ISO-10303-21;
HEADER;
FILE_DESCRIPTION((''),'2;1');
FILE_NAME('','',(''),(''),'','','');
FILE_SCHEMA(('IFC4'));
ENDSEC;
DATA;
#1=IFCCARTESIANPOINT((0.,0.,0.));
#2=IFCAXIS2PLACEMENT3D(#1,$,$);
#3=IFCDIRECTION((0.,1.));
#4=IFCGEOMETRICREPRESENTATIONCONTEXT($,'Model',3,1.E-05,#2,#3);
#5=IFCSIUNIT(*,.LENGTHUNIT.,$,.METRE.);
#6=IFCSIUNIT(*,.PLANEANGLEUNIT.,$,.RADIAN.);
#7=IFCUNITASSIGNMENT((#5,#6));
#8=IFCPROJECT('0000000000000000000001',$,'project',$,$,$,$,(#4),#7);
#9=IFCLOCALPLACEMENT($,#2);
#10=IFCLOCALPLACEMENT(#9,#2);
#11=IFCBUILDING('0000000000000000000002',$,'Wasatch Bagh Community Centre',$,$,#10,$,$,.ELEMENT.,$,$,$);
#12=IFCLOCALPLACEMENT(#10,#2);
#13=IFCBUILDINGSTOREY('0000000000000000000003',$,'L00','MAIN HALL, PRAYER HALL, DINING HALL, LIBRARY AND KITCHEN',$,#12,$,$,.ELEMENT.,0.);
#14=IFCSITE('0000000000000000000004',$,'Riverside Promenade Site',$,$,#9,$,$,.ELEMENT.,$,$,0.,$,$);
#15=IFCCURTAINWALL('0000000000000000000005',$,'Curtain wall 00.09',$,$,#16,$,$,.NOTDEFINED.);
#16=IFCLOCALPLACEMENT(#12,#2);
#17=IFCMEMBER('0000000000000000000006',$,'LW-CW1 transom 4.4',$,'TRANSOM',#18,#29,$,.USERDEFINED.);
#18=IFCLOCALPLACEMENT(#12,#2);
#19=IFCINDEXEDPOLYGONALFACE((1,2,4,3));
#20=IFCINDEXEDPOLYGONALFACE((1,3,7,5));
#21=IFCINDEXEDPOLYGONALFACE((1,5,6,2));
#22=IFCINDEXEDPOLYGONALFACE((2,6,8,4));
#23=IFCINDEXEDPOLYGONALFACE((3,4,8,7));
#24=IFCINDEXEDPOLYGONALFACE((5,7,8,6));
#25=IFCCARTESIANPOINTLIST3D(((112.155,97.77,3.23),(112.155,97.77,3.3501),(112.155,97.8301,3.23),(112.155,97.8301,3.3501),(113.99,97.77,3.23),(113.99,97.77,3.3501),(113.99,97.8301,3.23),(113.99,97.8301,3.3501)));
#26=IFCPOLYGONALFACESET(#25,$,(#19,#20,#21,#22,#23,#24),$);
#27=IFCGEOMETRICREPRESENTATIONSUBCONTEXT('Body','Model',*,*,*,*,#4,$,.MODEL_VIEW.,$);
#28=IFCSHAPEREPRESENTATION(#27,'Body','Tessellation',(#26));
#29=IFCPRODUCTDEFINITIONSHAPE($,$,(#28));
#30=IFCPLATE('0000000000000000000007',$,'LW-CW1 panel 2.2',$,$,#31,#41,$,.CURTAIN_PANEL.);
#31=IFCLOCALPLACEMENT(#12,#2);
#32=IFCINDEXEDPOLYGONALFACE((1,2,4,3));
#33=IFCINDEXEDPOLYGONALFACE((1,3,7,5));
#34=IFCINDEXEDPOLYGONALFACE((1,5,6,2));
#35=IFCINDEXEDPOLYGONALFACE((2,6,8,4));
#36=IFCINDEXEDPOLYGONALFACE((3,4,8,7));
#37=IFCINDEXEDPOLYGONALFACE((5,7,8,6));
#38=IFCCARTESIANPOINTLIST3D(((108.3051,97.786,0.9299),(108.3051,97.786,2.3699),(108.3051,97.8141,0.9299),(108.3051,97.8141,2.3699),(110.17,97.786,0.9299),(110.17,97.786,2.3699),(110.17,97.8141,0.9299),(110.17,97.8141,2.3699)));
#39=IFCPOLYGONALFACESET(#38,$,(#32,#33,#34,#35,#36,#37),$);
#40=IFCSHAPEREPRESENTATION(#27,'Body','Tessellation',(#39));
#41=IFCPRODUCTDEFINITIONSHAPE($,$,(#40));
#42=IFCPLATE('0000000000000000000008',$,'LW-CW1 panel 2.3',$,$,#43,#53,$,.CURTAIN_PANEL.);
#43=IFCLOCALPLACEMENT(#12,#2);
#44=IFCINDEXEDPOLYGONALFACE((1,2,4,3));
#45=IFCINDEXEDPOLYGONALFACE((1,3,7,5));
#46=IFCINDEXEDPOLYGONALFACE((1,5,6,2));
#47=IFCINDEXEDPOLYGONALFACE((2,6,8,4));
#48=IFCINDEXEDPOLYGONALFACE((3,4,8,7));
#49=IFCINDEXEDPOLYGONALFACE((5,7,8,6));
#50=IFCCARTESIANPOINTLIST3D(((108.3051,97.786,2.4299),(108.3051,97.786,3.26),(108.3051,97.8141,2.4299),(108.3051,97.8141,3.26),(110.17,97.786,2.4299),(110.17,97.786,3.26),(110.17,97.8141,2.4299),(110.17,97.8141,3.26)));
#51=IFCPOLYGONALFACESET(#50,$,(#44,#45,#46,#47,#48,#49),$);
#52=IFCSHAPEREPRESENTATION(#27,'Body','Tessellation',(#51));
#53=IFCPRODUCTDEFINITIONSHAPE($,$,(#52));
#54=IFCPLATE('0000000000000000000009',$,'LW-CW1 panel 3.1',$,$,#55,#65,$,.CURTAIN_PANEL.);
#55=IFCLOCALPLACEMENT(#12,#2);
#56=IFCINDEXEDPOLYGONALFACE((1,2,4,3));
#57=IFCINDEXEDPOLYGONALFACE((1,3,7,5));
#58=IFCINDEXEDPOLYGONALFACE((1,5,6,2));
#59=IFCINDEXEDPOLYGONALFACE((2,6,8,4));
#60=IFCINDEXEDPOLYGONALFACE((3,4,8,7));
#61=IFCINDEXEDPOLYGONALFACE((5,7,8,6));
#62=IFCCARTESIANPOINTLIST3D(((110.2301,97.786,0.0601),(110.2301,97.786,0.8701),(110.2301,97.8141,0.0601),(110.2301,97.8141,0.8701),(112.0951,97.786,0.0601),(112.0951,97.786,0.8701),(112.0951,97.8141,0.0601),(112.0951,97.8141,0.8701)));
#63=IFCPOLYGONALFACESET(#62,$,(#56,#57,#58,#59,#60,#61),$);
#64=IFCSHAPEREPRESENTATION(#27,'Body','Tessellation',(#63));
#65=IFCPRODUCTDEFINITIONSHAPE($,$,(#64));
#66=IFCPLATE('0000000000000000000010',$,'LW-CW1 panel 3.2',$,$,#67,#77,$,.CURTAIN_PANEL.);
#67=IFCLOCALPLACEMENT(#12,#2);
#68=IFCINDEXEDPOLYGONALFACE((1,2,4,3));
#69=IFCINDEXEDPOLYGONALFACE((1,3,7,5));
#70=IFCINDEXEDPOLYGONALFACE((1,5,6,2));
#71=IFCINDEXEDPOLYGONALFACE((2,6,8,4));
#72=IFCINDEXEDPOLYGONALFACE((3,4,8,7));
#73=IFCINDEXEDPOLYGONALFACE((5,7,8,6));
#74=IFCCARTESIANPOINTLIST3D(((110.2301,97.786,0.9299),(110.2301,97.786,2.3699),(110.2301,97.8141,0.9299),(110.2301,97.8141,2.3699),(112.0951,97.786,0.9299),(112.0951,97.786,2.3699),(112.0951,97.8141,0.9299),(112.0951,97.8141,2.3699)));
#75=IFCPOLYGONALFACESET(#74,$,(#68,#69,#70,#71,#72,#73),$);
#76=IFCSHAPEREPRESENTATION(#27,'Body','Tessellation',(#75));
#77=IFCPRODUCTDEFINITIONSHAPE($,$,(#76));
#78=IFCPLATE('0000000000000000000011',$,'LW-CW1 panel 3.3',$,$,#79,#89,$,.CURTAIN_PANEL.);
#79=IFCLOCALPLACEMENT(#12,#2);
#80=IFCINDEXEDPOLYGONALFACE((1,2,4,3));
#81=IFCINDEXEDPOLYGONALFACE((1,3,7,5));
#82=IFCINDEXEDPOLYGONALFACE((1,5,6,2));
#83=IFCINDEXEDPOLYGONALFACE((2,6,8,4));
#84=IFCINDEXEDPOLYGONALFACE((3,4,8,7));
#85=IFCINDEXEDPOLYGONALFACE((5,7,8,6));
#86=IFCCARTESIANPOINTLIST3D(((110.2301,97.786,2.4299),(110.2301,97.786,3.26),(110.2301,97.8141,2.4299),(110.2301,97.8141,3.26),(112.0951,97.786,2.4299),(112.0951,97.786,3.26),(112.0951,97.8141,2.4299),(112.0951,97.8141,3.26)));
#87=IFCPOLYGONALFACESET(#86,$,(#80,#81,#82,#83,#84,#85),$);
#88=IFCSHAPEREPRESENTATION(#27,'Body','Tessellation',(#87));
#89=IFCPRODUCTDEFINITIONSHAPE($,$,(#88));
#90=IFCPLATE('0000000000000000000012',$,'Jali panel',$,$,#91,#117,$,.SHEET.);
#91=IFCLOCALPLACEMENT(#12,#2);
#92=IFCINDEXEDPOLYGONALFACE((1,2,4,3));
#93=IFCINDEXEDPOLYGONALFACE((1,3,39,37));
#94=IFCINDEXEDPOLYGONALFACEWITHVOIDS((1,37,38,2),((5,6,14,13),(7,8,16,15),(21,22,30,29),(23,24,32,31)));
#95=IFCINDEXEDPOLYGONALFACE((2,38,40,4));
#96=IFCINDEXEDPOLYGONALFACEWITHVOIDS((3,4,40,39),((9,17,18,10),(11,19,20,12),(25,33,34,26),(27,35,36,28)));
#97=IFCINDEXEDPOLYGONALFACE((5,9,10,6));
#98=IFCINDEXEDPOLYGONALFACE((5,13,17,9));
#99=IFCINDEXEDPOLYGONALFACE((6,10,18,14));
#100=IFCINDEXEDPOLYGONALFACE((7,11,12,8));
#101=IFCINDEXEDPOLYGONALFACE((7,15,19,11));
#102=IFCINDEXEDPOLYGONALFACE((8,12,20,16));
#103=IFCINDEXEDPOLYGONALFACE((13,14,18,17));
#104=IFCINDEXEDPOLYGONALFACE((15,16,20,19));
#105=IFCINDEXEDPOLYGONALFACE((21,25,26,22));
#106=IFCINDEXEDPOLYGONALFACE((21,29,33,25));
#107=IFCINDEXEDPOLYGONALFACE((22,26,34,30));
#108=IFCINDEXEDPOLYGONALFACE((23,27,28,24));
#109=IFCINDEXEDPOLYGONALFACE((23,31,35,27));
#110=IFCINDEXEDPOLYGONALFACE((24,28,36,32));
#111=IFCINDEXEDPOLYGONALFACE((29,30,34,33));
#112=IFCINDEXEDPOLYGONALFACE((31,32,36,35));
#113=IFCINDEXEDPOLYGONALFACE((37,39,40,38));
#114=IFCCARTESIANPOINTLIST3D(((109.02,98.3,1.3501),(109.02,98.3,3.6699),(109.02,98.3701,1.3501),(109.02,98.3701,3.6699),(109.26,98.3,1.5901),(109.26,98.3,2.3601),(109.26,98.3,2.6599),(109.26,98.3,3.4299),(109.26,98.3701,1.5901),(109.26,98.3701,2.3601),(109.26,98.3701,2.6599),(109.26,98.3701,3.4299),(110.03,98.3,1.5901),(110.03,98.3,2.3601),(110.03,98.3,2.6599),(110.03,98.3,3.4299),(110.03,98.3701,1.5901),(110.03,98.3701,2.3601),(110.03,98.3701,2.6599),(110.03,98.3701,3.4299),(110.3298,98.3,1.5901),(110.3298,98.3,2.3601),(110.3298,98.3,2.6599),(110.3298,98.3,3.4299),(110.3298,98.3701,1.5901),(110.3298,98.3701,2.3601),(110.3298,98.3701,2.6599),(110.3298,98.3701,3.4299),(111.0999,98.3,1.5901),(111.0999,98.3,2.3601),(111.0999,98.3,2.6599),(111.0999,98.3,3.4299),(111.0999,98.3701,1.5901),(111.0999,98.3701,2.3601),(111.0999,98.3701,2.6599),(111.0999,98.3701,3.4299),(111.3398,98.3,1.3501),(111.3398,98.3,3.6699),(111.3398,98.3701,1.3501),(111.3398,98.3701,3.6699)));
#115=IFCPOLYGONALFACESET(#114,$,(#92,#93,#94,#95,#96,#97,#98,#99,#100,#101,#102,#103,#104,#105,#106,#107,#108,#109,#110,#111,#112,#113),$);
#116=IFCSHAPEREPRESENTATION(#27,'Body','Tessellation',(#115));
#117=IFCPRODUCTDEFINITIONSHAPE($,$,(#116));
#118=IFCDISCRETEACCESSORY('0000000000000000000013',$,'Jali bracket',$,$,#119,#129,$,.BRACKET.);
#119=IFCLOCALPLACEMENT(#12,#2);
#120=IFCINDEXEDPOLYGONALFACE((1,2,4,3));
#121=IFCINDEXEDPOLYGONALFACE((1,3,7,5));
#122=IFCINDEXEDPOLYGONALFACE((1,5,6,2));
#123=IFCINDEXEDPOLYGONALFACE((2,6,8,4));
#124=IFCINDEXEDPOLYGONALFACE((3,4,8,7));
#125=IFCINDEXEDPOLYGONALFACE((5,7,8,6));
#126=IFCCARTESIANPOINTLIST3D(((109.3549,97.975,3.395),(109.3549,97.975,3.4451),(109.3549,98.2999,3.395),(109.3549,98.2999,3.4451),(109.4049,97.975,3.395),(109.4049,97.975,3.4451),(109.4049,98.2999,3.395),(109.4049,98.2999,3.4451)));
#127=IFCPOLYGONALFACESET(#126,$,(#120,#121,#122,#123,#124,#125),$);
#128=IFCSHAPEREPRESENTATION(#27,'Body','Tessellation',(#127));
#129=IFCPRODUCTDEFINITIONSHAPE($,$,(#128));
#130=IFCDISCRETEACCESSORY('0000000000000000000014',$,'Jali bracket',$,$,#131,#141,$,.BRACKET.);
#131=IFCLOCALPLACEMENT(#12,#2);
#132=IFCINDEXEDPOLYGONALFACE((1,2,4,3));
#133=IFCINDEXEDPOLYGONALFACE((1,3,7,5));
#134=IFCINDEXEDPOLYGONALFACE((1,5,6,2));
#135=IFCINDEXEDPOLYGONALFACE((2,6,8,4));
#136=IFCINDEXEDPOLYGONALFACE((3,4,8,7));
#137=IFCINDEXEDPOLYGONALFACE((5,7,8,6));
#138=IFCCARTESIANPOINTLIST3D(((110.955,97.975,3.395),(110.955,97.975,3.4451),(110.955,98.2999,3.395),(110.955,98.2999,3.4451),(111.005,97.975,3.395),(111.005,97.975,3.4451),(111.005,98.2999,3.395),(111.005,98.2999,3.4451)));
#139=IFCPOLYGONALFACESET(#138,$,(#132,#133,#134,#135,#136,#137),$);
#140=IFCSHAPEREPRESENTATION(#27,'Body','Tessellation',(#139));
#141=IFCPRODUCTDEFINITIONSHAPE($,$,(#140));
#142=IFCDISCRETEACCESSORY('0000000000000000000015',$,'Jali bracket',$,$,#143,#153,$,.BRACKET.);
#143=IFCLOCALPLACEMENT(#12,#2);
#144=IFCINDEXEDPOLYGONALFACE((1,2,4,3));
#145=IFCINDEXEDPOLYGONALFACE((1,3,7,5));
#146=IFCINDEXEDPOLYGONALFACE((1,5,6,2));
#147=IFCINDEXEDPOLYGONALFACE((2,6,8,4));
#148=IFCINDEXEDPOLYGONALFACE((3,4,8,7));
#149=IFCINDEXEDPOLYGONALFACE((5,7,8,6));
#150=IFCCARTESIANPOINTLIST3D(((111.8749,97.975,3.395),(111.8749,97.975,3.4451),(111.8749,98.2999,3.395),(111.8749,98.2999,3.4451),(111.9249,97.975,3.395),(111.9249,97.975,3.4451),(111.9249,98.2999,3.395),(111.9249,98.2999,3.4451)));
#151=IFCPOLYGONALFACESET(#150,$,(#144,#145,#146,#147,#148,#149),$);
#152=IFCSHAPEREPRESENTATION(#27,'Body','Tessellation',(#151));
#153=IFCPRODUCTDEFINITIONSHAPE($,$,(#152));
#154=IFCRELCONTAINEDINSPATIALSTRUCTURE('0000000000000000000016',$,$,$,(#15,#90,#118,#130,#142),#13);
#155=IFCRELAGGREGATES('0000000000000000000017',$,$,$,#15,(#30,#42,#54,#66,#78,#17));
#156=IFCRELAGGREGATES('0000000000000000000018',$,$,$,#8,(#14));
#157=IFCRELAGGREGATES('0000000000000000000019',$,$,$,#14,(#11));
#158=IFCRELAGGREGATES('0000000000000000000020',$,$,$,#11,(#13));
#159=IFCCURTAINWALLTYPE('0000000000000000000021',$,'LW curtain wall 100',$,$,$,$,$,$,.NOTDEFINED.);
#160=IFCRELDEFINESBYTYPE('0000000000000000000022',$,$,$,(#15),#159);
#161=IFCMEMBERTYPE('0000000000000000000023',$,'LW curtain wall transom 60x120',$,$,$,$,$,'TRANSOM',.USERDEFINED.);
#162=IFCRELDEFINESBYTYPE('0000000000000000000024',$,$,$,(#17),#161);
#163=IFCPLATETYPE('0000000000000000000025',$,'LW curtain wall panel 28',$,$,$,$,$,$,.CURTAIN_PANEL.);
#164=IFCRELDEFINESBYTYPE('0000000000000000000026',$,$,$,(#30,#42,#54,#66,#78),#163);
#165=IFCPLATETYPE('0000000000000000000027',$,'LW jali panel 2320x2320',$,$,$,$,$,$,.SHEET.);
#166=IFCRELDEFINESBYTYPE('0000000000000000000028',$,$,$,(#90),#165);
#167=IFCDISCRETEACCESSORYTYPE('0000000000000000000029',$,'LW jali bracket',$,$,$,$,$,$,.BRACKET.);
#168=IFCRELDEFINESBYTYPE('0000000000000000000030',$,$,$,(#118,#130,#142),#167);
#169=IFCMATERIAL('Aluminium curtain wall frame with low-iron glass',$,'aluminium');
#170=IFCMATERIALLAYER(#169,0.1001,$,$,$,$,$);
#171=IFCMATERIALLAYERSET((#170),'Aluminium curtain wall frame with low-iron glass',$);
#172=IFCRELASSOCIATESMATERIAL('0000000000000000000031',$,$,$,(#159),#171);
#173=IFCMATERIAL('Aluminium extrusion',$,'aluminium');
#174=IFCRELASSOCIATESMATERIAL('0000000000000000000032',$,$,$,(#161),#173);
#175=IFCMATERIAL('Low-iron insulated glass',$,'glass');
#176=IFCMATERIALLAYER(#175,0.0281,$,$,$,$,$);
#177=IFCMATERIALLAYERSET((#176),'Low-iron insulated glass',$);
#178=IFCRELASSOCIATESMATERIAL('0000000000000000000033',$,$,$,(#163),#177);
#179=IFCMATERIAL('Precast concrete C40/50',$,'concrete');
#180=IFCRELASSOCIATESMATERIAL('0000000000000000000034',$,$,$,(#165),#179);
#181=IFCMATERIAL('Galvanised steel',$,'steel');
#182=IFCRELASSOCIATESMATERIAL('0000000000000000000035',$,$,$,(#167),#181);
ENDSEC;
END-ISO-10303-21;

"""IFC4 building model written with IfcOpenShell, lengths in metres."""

from ifc_helpers import new_model, si_unit, direction, frame, origin, origin_2d, place, context, subcontext, project, spatial, polyline, rectangle, outline, extrude, material, layer, layer_set, material_profile, profile_set, type_object, element, aggregate, save


model = new_model("IFC4")

# Units and contexts
model_context = context("Model", 3, precision=1e-05, world=origin(), true_north=direction((0.0, 1.0)))
body_context = subcontext(model_context, "Body", "Model", "MODEL_VIEW")
ifc_project = project(units=[si_unit("LENGTHUNIT", "METRE"), si_unit("PLANEANGLEUNIT", "RADIAN")], contexts=[model_context])

# Site, building, storey
site_placement = place(None, origin())
site = spatial("IfcSite", under=ifc_project, at=site_placement, Name="Riverside Promenade Site", CompositionType="ELEMENT", RefElevation=0.0)
building_placement = place(site_placement, origin())
building = spatial("IfcBuilding", under=site, at=building_placement, Name="Wasatch Bagh Community Centre", CompositionType="ELEMENT")
storey_placement = place(building_placement, origin())
storey = spatial("IfcBuildingStorey", under=building, at=storey_placement, Name="L00", Description="MAIN HALL, PRAYER HALL, DINING HALL, LIBRARY AND KITCHEN", CompositionType="ELEMENT", Elevation=0.0)

# Curtain wall, member, plates
ifc_material_1 = material(Name="Aluminium curtain wall frame with low-iron glass", Category="aluminium")
ifc_layer_1 = layer(ifc_material_1, 0.1001)
ifc_layer_set_1 = layer_set([ifc_layer_1], Name="Aluminium curtain wall frame with low-iron glass")
curtain_wall_type = type_object("IfcCurtainWallType", Name="LW curtain wall 100", PredefinedType="NOTDEFINED", material=ifc_layer_set_1)
curtain_wall_placement = place(storey_placement, origin())
curtain_wall = element("IfcCurtainWall", 1, at=curtain_wall_placement, inside=storey, type_object=curtain_wall_type, Name="Curtain wall 00.09", PredefinedType="NOTDEFINED")
ifc_material_2 = material(Name="Aluminium extrusion", Category="aluminium")
ifc_material_profile_1 = material_profile(ifc_material_2, rectangle(XDim=0.0601, YDim=0.1201, at=origin_2d()), Name="AL 60x120")
ifc_profile_set_1 = profile_set([ifc_material_profile_1], Name="Aluminium extrusion")
member_type_1 = type_object("IfcMemberType", Name="LW curtain wall transom 60x120", ElementType="TRANSOM", PredefinedType="USERDEFINED", material=ifc_profile_set_1)
member_1_placement = place(storey_placement, frame((112.155, 97.8, 3.29), z_axis=(1.0, 0.0, 0.0), x_axis=(0.0, 1.0, 0.0)))
member_1 = element("IfcMember", 2, at=member_1_placement, type_object=member_type_1, Name="LW-CW1 transom 4.4", ObjectType="TRANSOM", PredefinedType="USERDEFINED", context=body_context, shape_type="SweptSolid", body=[
    extrude(rectangle(XDim=0.0601, YDim=0.1201, at=origin_2d()), origin(), (0.0, 0.0, 1.0), 1.835),
])
ifc_material_3 = material(Name="Low-iron insulated glass", Category="glass")
ifc_layer_2 = layer(ifc_material_3, 0.0281)
ifc_layer_set_2 = layer_set([ifc_layer_2], Name="Low-iron insulated glass")
plate_type_1 = type_object("IfcPlateType", Name="LW curtain wall panel 28", PredefinedType="CURTAIN_PANEL", material=ifc_layer_set_2)
plate_1_placement = place(storey_placement, frame((109.2375, 97.8, 0.9299), z_axis=(0.0, 0.0, 1.0), x_axis=(1.0, 0.0, 0.0)))
plate_1 = element("IfcPlate", 3, at=plate_1_placement, type_object=plate_type_1, Name="LW-CW1 panel 2.2", PredefinedType="CURTAIN_PANEL", context=body_context, shape_type="SweptSolid", body=[
    extrude(rectangle(XDim=1.865, YDim=0.0281, at=origin_2d()), origin(), (0.0, 0.0, 1.0), 1.4399),
])
plate_2_placement = place(storey_placement, frame((109.2375, 97.8, 2.4299), z_axis=(0.0, 0.0, 1.0), x_axis=(1.0, 0.0, 0.0)))
plate_2 = element("IfcPlate", 4, at=plate_2_placement, type_object=plate_type_1, Name="LW-CW1 panel 2.3", PredefinedType="CURTAIN_PANEL", context=body_context, shape_type="SweptSolid", body=[
    extrude(rectangle(XDim=1.865, YDim=0.0281, at=origin_2d()), origin(), (0.0, 0.0, 1.0), 0.8301),
])
plate_3_placement = place(storey_placement, frame((111.1626, 97.8, 0.0601), z_axis=(0.0, 0.0, 1.0), x_axis=(1.0, 0.0, 0.0)))
plate_3 = element("IfcPlate", 5, at=plate_3_placement, type_object=plate_type_1, Name="LW-CW1 panel 3.1", PredefinedType="CURTAIN_PANEL", context=body_context, shape_type="SweptSolid", body=[
    extrude(rectangle(XDim=1.865, YDim=0.0281, at=origin_2d()), origin(), (0.0, 0.0, 1.0), 0.8101),
])
plate_4_placement = place(storey_placement, frame((111.1626, 97.8, 0.9299), z_axis=(0.0, 0.0, 1.0), x_axis=(1.0, 0.0, 0.0)))
plate_4 = element("IfcPlate", 6, at=plate_4_placement, type_object=plate_type_1, Name="LW-CW1 panel 3.2", PredefinedType="CURTAIN_PANEL", context=body_context, shape_type="SweptSolid", body=[
    extrude(rectangle(XDim=1.865, YDim=0.0281, at=origin_2d()), origin(), (0.0, 0.0, 1.0), 1.4399),
])
plate_5_placement = place(storey_placement, frame((111.1626, 97.8, 2.4299), z_axis=(0.0, 0.0, 1.0), x_axis=(1.0, 0.0, 0.0)))
plate_5 = element("IfcPlate", 7, at=plate_5_placement, type_object=plate_type_1, Name="LW-CW1 panel 3.3", PredefinedType="CURTAIN_PANEL", context=body_context, shape_type="SweptSolid", body=[
    extrude(rectangle(XDim=1.865, YDim=0.0281, at=origin_2d()), origin(), (0.0, 0.0, 1.0), 0.8301),
])
aggregate(curtain_wall, [plate_1, plate_2, plate_3, plate_4, plate_5, member_1])

# Plate
ifc_material_4 = material(Name="Precast concrete C40/50", Category="concrete")
ifc_material_profile_2 = material_profile(ifc_material_4, outline(polyline([(-1.1599, -1.1599), (1.1599, -1.1599), (1.1599, 1.1599), (-1.1599, 1.1599), (-1.1599, -1.1599)]), holes=[polyline([(-0.9199, -0.9199), (-0.1499, -0.9199), (-0.1499, -0.1499), (-0.9199, -0.1499), (-0.9199, -0.9199)]), polyline([(-0.9199, 0.1499), (-0.1499, 0.1499), (-0.1499, 0.9199), (-0.9199, 0.9199), (-0.9199, 0.1499)]), polyline([(0.1499, -0.9199), (0.9199, -0.9199), (0.9199, -0.1499), (0.1499, -0.1499), (0.1499, -0.9199)]), polyline([(0.1499, 0.1499), (0.9199, 0.1499), (0.9199, 0.9199), (0.1499, 0.9199), (0.1499, 0.1499)])]), Name="Jali lattice")
ifc_profile_set_2 = profile_set([ifc_material_profile_2], Name="Precast concrete C40/50")
plate_type_2 = type_object("IfcPlateType", Name="LW jali panel 2320x2320", PredefinedType="SHEET", material=ifc_profile_set_2)
plate_6_placement = place(storey_placement, frame((110.1799, 98.3, 2.51), z_axis=(0.0, 1.0, 0.0), x_axis=(-1.0, 0.0, 0.0)))
element("IfcPlate", 8, at=plate_6_placement, inside=storey, type_object=plate_type_2, Name="Jali panel", PredefinedType="SHEET", context=body_context, shape_type="SweptSolid", body=[
    extrude(outline(polyline([(-1.1599, -1.1599), (1.1599, -1.1599), (1.1599, 1.1599), (-1.1599, 1.1599), (-1.1599, -1.1599)]), holes=[polyline([(-0.9199, -0.9199), (-0.1499, -0.9199), (-0.1499, -0.1499), (-0.9199, -0.1499), (-0.9199, -0.9199)]), polyline([(-0.9199, 0.1499), (-0.1499, 0.1499), (-0.1499, 0.9199), (-0.9199, 0.9199), (-0.9199, 0.1499)]), polyline([(0.1499, -0.9199), (0.9199, -0.9199), (0.9199, -0.1499), (0.1499, -0.1499), (0.1499, -0.9199)]), polyline([(0.1499, 0.1499), (0.9199, 0.1499), (0.9199, 0.9199), (0.1499, 0.9199), (0.1499, 0.1499)])]), origin(), (0.0, 0.0, 1.0), 0.0701),
])

# Discrete accessories
ifc_material_5 = material(Name="Galvanised steel", Category="steel")
discrete_accessory_type = type_object("IfcDiscreteAccessoryType", Name="LW jali bracket", PredefinedType="BRACKET", material=ifc_material_5)
for number, where, z_axis, x_axis, name in (
    (9, (109.3799, 98.1375, 3.395), (0.0, 0.0, 1.0), (1.0, 0.0, 0.0), "Jali bracket"),
    (10, (110.98, 98.1375, 3.395), (0.0, 0.0, 1.0), (1.0, 0.0, 0.0), "Jali bracket"),
    (11, (111.8999, 98.1375, 3.395), (0.0, 0.0, 1.0), (1.0, 0.0, 0.0), "Jali bracket"),
):
    element("IfcDiscreteAccessory", number, at=place(storey_placement, frame(where, z_axis=z_axis, x_axis=x_axis)), inside=storey, type_object=discrete_accessory_type, Name=name, PredefinedType="BRACKET", context=body_context, shape_type="SweptSolid", body=[
        extrude(rectangle(XDim=0.05, YDim=0.325, at=origin_2d()), origin(), (0.0, 0.0, 1.0), 0.05),
    ])

save(model, "model.ifc")
